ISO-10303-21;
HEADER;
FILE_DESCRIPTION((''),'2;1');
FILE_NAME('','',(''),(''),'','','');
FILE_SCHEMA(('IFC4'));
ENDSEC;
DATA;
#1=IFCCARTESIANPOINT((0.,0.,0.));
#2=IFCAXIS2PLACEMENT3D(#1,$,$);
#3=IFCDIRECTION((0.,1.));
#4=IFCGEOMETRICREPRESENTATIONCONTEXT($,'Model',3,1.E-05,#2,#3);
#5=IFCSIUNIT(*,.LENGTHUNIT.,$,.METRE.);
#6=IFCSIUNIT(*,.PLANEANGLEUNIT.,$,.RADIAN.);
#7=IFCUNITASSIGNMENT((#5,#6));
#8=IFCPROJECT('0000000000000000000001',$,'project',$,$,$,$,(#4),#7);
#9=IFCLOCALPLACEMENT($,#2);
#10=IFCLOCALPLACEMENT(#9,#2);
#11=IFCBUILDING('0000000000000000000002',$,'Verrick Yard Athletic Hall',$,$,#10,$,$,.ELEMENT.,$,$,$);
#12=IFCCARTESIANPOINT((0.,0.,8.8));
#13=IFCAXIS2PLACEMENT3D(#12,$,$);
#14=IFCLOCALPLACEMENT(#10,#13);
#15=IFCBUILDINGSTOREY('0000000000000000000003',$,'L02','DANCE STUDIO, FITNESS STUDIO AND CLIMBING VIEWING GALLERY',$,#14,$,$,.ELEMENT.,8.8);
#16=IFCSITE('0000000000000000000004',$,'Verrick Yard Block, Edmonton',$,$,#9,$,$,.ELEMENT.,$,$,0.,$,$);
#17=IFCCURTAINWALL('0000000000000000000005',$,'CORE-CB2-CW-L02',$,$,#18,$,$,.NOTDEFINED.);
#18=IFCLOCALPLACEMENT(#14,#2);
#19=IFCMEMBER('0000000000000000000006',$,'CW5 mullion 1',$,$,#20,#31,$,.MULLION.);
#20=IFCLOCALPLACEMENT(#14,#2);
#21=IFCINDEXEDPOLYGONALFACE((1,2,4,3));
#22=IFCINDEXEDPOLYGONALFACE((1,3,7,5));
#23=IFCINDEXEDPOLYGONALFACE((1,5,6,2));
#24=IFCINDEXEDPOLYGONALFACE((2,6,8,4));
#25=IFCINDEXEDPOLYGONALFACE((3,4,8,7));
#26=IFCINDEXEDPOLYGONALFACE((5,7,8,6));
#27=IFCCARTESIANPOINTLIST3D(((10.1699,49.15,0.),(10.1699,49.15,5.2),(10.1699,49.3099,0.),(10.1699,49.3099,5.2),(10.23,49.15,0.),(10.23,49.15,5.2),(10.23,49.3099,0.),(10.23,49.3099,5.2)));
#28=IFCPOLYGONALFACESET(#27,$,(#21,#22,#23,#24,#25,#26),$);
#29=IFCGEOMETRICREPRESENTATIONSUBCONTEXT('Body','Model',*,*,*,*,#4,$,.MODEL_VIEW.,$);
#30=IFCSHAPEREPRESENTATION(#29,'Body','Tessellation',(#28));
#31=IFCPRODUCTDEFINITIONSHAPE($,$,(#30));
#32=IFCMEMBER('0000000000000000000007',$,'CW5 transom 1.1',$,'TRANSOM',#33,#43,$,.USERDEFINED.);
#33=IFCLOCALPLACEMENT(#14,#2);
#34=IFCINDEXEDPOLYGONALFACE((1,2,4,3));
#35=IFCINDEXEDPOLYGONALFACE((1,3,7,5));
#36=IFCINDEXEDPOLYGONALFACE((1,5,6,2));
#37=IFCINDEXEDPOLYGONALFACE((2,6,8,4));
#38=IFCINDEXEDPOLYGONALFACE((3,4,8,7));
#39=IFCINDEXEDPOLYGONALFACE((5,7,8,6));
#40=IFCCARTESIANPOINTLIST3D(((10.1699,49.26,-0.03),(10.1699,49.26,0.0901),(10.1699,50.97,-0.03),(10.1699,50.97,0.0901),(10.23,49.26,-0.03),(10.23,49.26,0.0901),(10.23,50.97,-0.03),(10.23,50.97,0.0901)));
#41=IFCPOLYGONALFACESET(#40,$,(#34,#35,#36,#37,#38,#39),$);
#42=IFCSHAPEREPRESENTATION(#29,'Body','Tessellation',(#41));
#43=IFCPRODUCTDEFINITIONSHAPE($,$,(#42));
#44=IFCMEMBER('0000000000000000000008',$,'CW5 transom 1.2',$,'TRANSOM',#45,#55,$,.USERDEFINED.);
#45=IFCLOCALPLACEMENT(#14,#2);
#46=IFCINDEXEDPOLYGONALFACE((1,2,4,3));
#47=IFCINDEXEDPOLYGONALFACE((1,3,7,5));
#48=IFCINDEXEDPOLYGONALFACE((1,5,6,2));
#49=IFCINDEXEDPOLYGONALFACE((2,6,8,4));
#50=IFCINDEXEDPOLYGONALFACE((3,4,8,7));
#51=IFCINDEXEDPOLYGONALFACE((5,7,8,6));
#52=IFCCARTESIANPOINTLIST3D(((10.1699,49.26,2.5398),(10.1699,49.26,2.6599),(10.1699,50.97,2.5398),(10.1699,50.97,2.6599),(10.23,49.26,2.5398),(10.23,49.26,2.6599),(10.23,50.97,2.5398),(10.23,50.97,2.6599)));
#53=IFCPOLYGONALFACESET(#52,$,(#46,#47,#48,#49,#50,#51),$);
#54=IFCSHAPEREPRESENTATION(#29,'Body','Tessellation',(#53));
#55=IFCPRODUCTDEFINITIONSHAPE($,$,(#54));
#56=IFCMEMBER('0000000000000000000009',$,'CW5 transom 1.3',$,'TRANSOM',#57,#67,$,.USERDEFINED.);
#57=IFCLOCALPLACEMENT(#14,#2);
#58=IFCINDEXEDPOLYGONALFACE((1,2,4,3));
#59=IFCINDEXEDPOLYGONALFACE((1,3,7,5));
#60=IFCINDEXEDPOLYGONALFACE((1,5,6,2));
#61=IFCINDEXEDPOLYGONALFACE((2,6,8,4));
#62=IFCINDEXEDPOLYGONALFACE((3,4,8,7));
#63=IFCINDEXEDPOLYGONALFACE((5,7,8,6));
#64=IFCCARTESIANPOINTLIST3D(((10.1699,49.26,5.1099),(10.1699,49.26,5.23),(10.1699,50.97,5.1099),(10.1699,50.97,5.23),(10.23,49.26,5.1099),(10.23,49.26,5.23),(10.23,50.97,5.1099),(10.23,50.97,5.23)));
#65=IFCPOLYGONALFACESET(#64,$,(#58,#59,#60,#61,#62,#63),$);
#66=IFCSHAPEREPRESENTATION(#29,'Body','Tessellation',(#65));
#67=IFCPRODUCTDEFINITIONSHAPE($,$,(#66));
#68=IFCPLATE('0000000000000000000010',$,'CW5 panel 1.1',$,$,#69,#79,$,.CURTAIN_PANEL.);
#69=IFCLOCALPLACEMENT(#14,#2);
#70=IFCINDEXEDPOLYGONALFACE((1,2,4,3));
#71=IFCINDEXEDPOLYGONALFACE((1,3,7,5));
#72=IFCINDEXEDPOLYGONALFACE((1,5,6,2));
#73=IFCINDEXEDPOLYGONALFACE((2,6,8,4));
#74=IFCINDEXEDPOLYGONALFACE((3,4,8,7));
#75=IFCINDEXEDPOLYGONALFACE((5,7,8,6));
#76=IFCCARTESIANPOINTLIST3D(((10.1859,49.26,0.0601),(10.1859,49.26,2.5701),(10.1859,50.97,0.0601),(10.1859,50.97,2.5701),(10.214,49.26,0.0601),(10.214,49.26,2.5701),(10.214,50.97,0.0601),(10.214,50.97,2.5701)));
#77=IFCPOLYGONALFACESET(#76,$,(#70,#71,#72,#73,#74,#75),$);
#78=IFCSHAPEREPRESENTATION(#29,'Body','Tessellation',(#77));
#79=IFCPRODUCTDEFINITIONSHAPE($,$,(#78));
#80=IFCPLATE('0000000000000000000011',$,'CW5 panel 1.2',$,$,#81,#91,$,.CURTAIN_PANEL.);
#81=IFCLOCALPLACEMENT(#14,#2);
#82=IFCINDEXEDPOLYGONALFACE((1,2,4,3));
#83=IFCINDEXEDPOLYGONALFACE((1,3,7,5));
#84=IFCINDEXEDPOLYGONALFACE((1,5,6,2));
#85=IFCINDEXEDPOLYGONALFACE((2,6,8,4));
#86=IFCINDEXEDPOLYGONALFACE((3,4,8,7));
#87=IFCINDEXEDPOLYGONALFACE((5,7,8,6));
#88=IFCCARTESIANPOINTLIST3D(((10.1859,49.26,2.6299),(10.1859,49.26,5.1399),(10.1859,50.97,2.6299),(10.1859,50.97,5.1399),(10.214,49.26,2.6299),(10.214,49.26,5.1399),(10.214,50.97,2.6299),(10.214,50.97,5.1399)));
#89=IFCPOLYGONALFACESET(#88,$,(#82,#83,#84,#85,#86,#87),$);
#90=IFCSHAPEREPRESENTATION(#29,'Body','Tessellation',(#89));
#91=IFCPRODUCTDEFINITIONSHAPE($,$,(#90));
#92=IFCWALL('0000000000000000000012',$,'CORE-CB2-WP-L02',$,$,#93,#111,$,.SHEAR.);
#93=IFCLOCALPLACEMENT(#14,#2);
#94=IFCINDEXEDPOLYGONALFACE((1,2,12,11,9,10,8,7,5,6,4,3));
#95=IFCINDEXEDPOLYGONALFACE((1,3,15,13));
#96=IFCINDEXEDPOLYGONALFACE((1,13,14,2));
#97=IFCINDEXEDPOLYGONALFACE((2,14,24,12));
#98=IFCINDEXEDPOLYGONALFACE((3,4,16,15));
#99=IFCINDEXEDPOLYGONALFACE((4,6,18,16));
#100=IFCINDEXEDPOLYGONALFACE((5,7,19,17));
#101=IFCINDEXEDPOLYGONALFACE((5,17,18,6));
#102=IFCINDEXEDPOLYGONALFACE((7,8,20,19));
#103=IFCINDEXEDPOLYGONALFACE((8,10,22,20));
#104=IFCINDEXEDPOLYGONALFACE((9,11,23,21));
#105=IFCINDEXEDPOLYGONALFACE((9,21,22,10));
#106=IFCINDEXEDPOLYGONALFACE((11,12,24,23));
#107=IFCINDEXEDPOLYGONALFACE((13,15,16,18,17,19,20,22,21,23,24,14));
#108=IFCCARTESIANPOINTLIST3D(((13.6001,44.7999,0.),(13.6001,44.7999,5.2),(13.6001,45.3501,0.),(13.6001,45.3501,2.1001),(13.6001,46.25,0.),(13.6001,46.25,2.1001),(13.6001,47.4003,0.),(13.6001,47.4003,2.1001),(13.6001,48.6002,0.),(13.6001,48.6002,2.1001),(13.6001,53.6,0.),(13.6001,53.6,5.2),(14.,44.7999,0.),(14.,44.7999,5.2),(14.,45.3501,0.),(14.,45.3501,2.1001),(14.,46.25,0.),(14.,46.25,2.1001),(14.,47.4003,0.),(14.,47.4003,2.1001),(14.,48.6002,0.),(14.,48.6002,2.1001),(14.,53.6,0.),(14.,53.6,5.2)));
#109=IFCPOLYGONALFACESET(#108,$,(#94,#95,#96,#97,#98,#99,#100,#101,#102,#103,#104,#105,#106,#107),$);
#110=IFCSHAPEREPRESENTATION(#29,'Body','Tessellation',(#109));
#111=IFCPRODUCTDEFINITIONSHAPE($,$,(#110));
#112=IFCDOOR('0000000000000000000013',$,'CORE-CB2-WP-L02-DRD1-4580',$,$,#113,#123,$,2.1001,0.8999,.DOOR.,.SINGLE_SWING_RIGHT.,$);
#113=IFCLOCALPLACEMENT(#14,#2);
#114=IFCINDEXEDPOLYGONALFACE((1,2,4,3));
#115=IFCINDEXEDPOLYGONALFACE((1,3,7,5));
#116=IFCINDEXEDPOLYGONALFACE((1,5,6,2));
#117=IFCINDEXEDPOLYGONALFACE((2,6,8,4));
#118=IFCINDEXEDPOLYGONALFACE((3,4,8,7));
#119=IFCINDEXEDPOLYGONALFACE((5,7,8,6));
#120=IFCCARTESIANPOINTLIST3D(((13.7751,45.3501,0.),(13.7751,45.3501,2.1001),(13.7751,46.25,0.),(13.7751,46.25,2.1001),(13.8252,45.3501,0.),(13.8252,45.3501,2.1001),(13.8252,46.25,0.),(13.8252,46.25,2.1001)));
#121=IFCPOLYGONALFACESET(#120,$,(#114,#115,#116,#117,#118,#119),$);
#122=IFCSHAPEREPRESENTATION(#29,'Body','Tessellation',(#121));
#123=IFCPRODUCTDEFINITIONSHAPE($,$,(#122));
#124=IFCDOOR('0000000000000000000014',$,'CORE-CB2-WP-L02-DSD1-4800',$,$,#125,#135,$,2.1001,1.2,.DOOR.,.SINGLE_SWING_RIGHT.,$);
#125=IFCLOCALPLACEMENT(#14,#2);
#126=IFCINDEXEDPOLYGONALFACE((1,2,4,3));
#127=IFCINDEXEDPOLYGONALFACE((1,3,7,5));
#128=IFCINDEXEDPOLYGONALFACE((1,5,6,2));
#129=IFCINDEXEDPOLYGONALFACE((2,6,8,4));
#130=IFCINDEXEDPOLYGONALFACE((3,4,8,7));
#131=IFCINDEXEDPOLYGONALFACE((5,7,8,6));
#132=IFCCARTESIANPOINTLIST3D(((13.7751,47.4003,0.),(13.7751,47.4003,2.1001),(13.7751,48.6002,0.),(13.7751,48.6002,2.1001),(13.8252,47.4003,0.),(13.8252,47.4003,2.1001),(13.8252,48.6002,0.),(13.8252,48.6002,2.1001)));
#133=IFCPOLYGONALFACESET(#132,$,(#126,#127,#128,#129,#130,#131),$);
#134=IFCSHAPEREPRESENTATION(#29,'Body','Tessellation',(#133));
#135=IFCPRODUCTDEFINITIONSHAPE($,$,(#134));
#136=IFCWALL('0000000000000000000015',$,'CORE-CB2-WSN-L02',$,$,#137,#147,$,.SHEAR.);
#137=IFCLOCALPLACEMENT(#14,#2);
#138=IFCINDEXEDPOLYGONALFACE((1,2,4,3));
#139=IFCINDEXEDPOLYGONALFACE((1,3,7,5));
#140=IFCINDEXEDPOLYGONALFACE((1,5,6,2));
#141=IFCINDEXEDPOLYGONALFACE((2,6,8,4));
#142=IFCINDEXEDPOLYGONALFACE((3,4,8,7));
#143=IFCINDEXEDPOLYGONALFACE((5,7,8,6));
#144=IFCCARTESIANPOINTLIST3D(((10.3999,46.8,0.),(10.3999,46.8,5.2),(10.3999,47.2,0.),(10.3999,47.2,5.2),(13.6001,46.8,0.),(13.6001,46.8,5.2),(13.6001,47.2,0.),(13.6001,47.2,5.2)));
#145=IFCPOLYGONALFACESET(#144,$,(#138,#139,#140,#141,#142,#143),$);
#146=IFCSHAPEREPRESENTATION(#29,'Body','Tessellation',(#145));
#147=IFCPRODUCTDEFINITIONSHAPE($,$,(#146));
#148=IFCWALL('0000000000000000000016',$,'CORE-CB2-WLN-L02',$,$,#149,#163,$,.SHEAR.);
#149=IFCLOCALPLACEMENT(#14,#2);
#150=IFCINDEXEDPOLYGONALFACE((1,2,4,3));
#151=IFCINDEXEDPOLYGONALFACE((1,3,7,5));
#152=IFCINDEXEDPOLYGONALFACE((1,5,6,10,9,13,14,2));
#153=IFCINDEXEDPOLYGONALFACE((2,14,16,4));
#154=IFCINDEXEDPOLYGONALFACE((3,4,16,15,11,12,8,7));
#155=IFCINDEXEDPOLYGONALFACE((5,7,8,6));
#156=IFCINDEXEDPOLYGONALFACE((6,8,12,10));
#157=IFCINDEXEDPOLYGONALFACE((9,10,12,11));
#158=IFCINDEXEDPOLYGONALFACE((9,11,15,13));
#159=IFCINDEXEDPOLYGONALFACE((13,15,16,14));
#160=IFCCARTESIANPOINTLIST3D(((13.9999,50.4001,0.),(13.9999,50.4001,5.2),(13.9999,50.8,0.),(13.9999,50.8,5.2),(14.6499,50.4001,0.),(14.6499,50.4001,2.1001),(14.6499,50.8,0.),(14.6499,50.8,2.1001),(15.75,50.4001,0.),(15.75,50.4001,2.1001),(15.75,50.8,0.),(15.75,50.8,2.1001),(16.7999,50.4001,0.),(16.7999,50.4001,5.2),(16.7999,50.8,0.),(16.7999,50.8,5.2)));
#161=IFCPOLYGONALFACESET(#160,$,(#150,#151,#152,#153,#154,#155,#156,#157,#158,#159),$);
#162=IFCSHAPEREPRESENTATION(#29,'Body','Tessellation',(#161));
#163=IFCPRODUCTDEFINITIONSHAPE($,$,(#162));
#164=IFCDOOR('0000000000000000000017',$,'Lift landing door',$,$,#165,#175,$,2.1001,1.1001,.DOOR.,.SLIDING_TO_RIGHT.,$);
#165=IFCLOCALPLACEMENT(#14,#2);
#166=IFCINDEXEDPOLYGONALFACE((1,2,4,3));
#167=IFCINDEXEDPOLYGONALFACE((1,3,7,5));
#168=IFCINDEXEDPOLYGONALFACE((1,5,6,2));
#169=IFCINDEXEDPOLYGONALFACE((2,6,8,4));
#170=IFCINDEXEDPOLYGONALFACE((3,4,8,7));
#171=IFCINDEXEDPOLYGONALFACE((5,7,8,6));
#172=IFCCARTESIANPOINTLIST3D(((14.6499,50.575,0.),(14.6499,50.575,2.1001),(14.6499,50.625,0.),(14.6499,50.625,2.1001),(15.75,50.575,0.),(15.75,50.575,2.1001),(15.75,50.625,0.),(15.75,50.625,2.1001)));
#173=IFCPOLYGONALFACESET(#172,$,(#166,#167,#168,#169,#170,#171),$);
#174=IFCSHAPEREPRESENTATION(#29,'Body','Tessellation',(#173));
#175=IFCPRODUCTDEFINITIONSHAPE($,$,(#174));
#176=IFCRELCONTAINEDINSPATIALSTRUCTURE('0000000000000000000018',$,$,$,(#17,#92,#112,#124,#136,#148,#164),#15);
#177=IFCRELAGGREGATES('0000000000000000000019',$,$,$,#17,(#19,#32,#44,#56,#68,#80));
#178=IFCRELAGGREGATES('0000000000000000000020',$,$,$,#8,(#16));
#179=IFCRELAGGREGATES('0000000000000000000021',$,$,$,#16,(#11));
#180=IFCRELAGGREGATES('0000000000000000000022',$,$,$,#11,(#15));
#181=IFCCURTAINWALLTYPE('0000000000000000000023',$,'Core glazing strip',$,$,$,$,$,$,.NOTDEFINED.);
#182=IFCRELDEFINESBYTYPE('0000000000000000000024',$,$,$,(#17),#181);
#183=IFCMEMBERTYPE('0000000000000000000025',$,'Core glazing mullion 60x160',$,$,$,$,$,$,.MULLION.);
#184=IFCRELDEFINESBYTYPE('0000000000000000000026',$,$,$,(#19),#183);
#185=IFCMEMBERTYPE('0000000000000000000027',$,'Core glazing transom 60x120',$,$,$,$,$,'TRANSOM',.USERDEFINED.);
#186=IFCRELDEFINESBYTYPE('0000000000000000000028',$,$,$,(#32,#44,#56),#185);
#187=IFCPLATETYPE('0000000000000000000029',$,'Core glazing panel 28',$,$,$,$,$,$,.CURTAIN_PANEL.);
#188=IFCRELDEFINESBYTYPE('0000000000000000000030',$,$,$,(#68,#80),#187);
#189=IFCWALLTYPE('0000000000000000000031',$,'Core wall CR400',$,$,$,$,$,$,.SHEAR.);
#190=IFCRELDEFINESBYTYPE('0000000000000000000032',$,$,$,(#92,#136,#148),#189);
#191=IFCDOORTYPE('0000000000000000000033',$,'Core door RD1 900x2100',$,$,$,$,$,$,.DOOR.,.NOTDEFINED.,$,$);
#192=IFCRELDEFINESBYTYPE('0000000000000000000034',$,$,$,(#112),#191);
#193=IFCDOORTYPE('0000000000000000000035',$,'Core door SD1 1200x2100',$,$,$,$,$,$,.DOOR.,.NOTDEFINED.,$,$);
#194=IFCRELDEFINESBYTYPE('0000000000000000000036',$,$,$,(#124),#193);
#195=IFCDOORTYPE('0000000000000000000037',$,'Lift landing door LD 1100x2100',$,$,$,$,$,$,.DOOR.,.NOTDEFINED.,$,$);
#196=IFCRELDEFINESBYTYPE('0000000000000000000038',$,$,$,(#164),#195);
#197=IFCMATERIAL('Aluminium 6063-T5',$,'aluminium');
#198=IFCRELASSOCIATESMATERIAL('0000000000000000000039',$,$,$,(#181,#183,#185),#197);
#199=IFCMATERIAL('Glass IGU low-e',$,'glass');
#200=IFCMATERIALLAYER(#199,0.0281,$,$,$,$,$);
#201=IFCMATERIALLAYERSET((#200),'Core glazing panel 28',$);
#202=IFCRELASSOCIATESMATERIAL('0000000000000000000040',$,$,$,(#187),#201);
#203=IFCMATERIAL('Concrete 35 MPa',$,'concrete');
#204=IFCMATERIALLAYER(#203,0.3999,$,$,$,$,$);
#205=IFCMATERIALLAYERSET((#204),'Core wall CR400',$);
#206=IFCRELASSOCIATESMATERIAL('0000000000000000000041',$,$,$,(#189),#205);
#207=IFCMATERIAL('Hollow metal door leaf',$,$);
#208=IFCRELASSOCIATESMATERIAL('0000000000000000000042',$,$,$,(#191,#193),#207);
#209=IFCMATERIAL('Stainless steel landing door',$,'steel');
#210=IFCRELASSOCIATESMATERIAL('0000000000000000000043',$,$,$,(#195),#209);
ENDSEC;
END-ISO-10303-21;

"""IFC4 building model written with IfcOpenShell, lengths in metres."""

from ifc_helpers import new_model, si_unit, direction, frame, frame_2d, origin, origin_2d, place, context, subcontext, project, spatial, rectangle, extrude, material, layer, layer_set, material_profile, profile_set, type_object, element, fill, aggregate, save


model = new_model("IFC4")

# Units and contexts
model_context = context("Model", 3, precision=1e-05, world=origin(), true_north=direction((0.0, 1.0)))
body_context = subcontext(model_context, "Body", "Model", "MODEL_VIEW")
ifc_project = project(units=[si_unit("LENGTHUNIT", "METRE"), si_unit("PLANEANGLEUNIT", "RADIAN")], contexts=[model_context])

# Site, building, storey
site_placement = place(None, origin())
site = spatial("IfcSite", under=ifc_project, at=site_placement, Name="Verrick Yard Block, Edmonton", CompositionType="ELEMENT", RefElevation=0.0)
building_placement = place(site_placement, origin())
building = spatial("IfcBuilding", under=site, at=building_placement, Name="Verrick Yard Athletic Hall", CompositionType="ELEMENT")
storey_placement = place(building_placement, frame((0.0, 0.0, 8.8)))
storey = spatial("IfcBuildingStorey", under=building, at=storey_placement, Name="L02", Description="DANCE STUDIO, FITNESS STUDIO AND CLIMBING VIEWING GALLERY", CompositionType="ELEMENT", Elevation=8.8)

# Curtain wall, members, plates
ifc_material_1 = material(Name="Aluminium 6063-T5", Category="aluminium")
curtain_wall_type = type_object("IfcCurtainWallType", Name="Core glazing strip", PredefinedType="NOTDEFINED", material=ifc_material_1)
curtain_wall_placement = place(storey_placement, origin())
curtain_wall = element("IfcCurtainWall", 1, at=curtain_wall_placement, inside=storey, type_object=curtain_wall_type, Name="CORE-CB2-CW-L02", PredefinedType="NOTDEFINED")
ifc_material_profile_1 = material_profile(ifc_material_1, rectangle(XDim=0.0601, YDim=0.1599, at=origin_2d()), Name="Core glazing mullion 60x160")
ifc_profile_set_1 = profile_set([ifc_material_profile_1], Name="Aluminium 6063-T5")
member_type_1 = type_object("IfcMemberType", Name="Core glazing mullion 60x160", PredefinedType="MULLION", material=ifc_profile_set_1)
member_1_placement = place(storey_placement, frame((10.2, 49.23, 0.0), z_axis=(0.0, 0.0, 1.0), x_axis=(-1.0, 0.0, 0.0)))
member_1 = element("IfcMember", 2, at=member_1_placement, type_object=member_type_1, Name="CW5 mullion 1", PredefinedType="MULLION", context=body_context, shape_type="SweptSolid", body=[
    extrude(rectangle(XDim=0.0601, YDim=0.1599, at=origin_2d()), origin(), (0.0, 0.0, 1.0), 5.2),
])
ifc_material_profile_2 = material_profile(ifc_material_1, rectangle(XDim=0.0601, YDim=0.1201, at=origin_2d()), Name="Core glazing transom 60x120")
ifc_profile_set_2 = profile_set([ifc_material_profile_2], Name="Aluminium 6063-T5")
member_type_2 = type_object("IfcMemberType", Name="Core glazing transom 60x120", ElementType="TRANSOM", PredefinedType="USERDEFINED", material=ifc_profile_set_2)
member_2_placement = place(storey_placement, frame((10.2, 49.26, 0.03), z_axis=(0.0, 1.0, 0.0), x_axis=(-1.0, 0.0, 0.0)))
member_2 = element("IfcMember", 3, at=member_2_placement, type_object=member_type_2, Name="CW5 transom 1.1", ObjectType="TRANSOM", PredefinedType="USERDEFINED", context=body_context, shape_type="SweptSolid", body=[
    extrude(rectangle(XDim=0.0601, YDim=0.1201, at=origin_2d()), origin(), (0.0, 0.0, 1.0), 1.71),
])
member_3_placement = place(storey_placement, frame((10.2, 49.26, 2.5999), z_axis=(0.0, 1.0, 0.0), x_axis=(-1.0, 0.0, 0.0)))
member_3 = element("IfcMember", 4, at=member_3_placement, type_object=member_type_2, Name="CW5 transom 1.2", ObjectType="TRANSOM", PredefinedType="USERDEFINED", context=body_context, shape_type="SweptSolid", body=[
    extrude(rectangle(XDim=0.0601, YDim=0.1201, at=origin_2d()), origin(), (0.0, 0.0, 1.0), 1.71),
])
member_4_placement = place(storey_placement, frame((10.2, 49.26, 5.1699), z_axis=(0.0, 1.0, 0.0), x_axis=(-1.0, 0.0, 0.0)))
member_4 = element("IfcMember", 5, at=member_4_placement, type_object=member_type_2, Name="CW5 transom 1.3", ObjectType="TRANSOM", PredefinedType="USERDEFINED", context=body_context, shape_type="SweptSolid", body=[
    extrude(rectangle(XDim=0.0601, YDim=0.1201, at=origin_2d()), origin(), (0.0, 0.0, 1.0), 1.71),
])
ifc_material_2 = material(Name="Glass IGU low-e", Category="glass")
ifc_layer_1 = layer(ifc_material_2, 0.0281)
ifc_layer_set_1 = layer_set([ifc_layer_1], Name="Core glazing panel 28")
plate_type = type_object("IfcPlateType", Name="Core glazing panel 28", PredefinedType="CURTAIN_PANEL", material=ifc_layer_set_1)
plate_1_placement = place(storey_placement, frame((10.2, 50.115, 0.0601), z_axis=(0.0, 0.0, 1.0), x_axis=(0.0, 1.0, 0.0)))
plate_1 = element("IfcPlate", 6, at=plate_1_placement, type_object=plate_type, Name="CW5 panel 1.1", PredefinedType="CURTAIN_PANEL", context=body_context, shape_type="SweptSolid", body=[
    extrude(rectangle(XDim=1.71, YDim=0.0281, at=origin_2d()), origin(), (0.0, 0.0, 1.0), 2.51),
])
plate_2_placement = place(storey_placement, frame((10.2, 50.115, 2.6299), z_axis=(0.0, 0.0, 1.0), x_axis=(0.0, 1.0, 0.0)))
plate_2 = element("IfcPlate", 7, at=plate_2_placement, type_object=plate_type, Name="CW5 panel 1.2", PredefinedType="CURTAIN_PANEL", context=body_context, shape_type="SweptSolid", body=[
    extrude(rectangle(XDim=1.71, YDim=0.0281, at=origin_2d()), origin(), (0.0, 0.0, 1.0), 2.51),
])
aggregate(curtain_wall, [member_1, member_2, member_3, member_4, plate_1, plate_2])

# Wall, openings, doors
ifc_material_3 = material(Name="Concrete 35 MPa", Category="concrete")
ifc_layer_2 = layer(ifc_material_3, 0.3999)
ifc_layer_set_2 = layer_set([ifc_layer_2], Name="Core wall CR400")
wall_type_1 = type_object("IfcWallType", Name="Core wall CR400", PredefinedType="SHEAR", material=ifc_layer_set_2)
wall_1_placement = place(storey_placement, frame((13.8, 44.8, 0.0), z_axis=(0.0, 0.0, 1.0), x_axis=(0.0, 1.0, 0.0)))
wall_1 = element("IfcWall", 8, at=wall_1_placement, inside=storey, type_object=wall_type_1, Name="CORE-CB2-WP-L02", PredefinedType="SHEAR", context=body_context, shape_type="SweptSolid", body=[
    extrude(rectangle(XDim=8.8, YDim=0.3999, at=frame_2d((4.3999, 0.0))), origin(), (0.0, 0.0, 1.0), 5.2),
])
opening_1_placement = place(wall_1_placement, frame((2.6001, 0.0, 0.0)))
opening_1 = element("IfcOpeningElement", 9, at=opening_1_placement, cuts=wall_1, PredefinedType="OPENING", context=body_context, shape_type="SweptSolid", body=[
    extrude(rectangle(XDim=1.2, YDim=2.1001, at=frame_2d((0.6001, 1.05))), frame((0.0, 0.21, 0.0), z_axis=(0.0, -1.0, 0.0), x_axis=(1.0, 0.0, 0.0)), (0.0, 0.0, 1.0), 0.4199),
])
opening_2_placement = place(wall_1_placement, frame((0.55, 0.0, 0.0)))
opening_2 = element("IfcOpeningElement", 10, at=opening_2_placement, cuts=wall_1, PredefinedType="OPENING", context=body_context, shape_type="SweptSolid", body=[
    extrude(rectangle(XDim=0.8999, YDim=2.1001, at=frame_2d((0.45, 1.05))), frame((0.0, 0.21, 0.0), z_axis=(0.0, -1.0, 0.0), x_axis=(1.0, 0.0, 0.0)), (0.0, 0.0, 1.0), 0.4199),
])
ifc_material_4 = material(Name="Hollow metal door leaf")
door_type_1 = type_object("IfcDoorType", Name="Core door RD1 900x2100", OperationType="NOTDEFINED", PredefinedType="DOOR", material=ifc_material_4)
door_1_placement = place(opening_2_placement, origin())
door_1 = element("IfcDoor", 11, at=door_1_placement, inside=storey, type_object=door_type_1, Name="CORE-CB2-WP-L02-DRD1-4580", OperationType="SINGLE_SWING_RIGHT", OverallHeight=2.1001, OverallWidth=0.8999, PredefinedType="DOOR", context=body_context, shape_type="SweptSolid", body=[
    extrude(rectangle(XDim=0.8999, YDim=2.1001, at=frame_2d((0.45, 1.05))), frame((0.0, 0.0249, 0.0), z_axis=(0.0, -1.0, 0.0), x_axis=(1.0, 0.0, 0.0)), (0.0, 0.0, 1.0), 0.05),
])
fill(opening_2, door_1)
door_type_2 = type_object("IfcDoorType", Name="Core door SD1 1200x2100", OperationType="NOTDEFINED", PredefinedType="DOOR", material=ifc_material_4)
door_2_placement = place(opening_1_placement, origin())
door_2 = element("IfcDoor", 12, at=door_2_placement, inside=storey, type_object=door_type_2, Name="CORE-CB2-WP-L02-DSD1-4800", OperationType="SINGLE_SWING_RIGHT", OverallHeight=2.1001, OverallWidth=1.2, PredefinedType="DOOR", context=body_context, shape_type="SweptSolid", body=[
    extrude(rectangle(XDim=1.2, YDim=2.1001, at=frame_2d((0.6001, 1.05))), frame((0.0, 0.0249, 0.0), z_axis=(0.0, -1.0, 0.0), x_axis=(1.0, 0.0, 0.0)), (0.0, 0.0, 1.0), 0.05),
])
fill(opening_1, door_2)

# Wall
wall_2_placement = place(storey_placement, frame((10.3999, 47.0, 0.0), z_axis=(0.0, 0.0, 1.0), x_axis=(1.0, 0.0, 0.0)))
element("IfcWall", 13, at=wall_2_placement, inside=storey, type_object=wall_type_1, Name="CORE-CB2-WSN-L02", PredefinedType="SHEAR", context=body_context, shape_type="SweptSolid", body=[
    extrude(rectangle(XDim=3.2002, YDim=0.3999, at=frame_2d((1.6001, 0.0))), origin(), (0.0, 0.0, 1.0), 5.2),
])

# Wall, opening, door
wall_3_placement = place(storey_placement, frame((14.0, 50.6001, 0.0), z_axis=(0.0, 0.0, 1.0), x_axis=(1.0, 0.0, 0.0)))
wall_3 = element("IfcWall", 14, at=wall_3_placement, inside=storey, type_object=wall_type_1, Name="CORE-CB2-WLN-L02", PredefinedType="SHEAR", context=body_context, shape_type="SweptSolid", body=[
    extrude(rectangle(XDim=2.8, YDim=0.3999, at=frame_2d((1.3999, 0.0))), origin(), (0.0, 0.0, 1.0), 5.2),
])
opening_3_placement = place(wall_3_placement, frame((0.6499, 0.0, 0.0)))
opening_3 = element("IfcOpeningElement", 15, at=opening_3_placement, cuts=wall_3, PredefinedType="OPENING", context=body_context, shape_type="SweptSolid", body=[
    extrude(rectangle(XDim=1.1001, YDim=2.1001, at=frame_2d((0.55, 1.05))), frame((0.0, 0.21, 0.0), z_axis=(0.0, -1.0, 0.0), x_axis=(1.0, 0.0, 0.0)), (0.0, 0.0, 1.0), 0.4199),
])
ifc_material_5 = material(Name="Stainless steel landing door", Category="steel")
door_type_3 = type_object("IfcDoorType", Name="Lift landing door LD 1100x2100", OperationType="NOTDEFINED", PredefinedType="DOOR", material=ifc_material_5)
door_3_placement = place(opening_3_placement, origin())
door_3 = element("IfcDoor", 16, at=door_3_placement, inside=storey, type_object=door_type_3, Name="Lift landing door", OperationType="SLIDING_TO_RIGHT", OverallHeight=2.1001, OverallWidth=1.1001, PredefinedType="DOOR", context=body_context, shape_type="SweptSolid", body=[
    extrude(rectangle(XDim=1.1001, YDim=2.1001, at=frame_2d((0.55, 1.05))), frame((0.0, 0.0249, 0.0), z_axis=(0.0, -1.0, 0.0), x_axis=(1.0, 0.0, 0.0)), (0.0, 0.0, 1.0), 0.05),
])
fill(opening_3, door_3)

save(model, "model.ifc")
